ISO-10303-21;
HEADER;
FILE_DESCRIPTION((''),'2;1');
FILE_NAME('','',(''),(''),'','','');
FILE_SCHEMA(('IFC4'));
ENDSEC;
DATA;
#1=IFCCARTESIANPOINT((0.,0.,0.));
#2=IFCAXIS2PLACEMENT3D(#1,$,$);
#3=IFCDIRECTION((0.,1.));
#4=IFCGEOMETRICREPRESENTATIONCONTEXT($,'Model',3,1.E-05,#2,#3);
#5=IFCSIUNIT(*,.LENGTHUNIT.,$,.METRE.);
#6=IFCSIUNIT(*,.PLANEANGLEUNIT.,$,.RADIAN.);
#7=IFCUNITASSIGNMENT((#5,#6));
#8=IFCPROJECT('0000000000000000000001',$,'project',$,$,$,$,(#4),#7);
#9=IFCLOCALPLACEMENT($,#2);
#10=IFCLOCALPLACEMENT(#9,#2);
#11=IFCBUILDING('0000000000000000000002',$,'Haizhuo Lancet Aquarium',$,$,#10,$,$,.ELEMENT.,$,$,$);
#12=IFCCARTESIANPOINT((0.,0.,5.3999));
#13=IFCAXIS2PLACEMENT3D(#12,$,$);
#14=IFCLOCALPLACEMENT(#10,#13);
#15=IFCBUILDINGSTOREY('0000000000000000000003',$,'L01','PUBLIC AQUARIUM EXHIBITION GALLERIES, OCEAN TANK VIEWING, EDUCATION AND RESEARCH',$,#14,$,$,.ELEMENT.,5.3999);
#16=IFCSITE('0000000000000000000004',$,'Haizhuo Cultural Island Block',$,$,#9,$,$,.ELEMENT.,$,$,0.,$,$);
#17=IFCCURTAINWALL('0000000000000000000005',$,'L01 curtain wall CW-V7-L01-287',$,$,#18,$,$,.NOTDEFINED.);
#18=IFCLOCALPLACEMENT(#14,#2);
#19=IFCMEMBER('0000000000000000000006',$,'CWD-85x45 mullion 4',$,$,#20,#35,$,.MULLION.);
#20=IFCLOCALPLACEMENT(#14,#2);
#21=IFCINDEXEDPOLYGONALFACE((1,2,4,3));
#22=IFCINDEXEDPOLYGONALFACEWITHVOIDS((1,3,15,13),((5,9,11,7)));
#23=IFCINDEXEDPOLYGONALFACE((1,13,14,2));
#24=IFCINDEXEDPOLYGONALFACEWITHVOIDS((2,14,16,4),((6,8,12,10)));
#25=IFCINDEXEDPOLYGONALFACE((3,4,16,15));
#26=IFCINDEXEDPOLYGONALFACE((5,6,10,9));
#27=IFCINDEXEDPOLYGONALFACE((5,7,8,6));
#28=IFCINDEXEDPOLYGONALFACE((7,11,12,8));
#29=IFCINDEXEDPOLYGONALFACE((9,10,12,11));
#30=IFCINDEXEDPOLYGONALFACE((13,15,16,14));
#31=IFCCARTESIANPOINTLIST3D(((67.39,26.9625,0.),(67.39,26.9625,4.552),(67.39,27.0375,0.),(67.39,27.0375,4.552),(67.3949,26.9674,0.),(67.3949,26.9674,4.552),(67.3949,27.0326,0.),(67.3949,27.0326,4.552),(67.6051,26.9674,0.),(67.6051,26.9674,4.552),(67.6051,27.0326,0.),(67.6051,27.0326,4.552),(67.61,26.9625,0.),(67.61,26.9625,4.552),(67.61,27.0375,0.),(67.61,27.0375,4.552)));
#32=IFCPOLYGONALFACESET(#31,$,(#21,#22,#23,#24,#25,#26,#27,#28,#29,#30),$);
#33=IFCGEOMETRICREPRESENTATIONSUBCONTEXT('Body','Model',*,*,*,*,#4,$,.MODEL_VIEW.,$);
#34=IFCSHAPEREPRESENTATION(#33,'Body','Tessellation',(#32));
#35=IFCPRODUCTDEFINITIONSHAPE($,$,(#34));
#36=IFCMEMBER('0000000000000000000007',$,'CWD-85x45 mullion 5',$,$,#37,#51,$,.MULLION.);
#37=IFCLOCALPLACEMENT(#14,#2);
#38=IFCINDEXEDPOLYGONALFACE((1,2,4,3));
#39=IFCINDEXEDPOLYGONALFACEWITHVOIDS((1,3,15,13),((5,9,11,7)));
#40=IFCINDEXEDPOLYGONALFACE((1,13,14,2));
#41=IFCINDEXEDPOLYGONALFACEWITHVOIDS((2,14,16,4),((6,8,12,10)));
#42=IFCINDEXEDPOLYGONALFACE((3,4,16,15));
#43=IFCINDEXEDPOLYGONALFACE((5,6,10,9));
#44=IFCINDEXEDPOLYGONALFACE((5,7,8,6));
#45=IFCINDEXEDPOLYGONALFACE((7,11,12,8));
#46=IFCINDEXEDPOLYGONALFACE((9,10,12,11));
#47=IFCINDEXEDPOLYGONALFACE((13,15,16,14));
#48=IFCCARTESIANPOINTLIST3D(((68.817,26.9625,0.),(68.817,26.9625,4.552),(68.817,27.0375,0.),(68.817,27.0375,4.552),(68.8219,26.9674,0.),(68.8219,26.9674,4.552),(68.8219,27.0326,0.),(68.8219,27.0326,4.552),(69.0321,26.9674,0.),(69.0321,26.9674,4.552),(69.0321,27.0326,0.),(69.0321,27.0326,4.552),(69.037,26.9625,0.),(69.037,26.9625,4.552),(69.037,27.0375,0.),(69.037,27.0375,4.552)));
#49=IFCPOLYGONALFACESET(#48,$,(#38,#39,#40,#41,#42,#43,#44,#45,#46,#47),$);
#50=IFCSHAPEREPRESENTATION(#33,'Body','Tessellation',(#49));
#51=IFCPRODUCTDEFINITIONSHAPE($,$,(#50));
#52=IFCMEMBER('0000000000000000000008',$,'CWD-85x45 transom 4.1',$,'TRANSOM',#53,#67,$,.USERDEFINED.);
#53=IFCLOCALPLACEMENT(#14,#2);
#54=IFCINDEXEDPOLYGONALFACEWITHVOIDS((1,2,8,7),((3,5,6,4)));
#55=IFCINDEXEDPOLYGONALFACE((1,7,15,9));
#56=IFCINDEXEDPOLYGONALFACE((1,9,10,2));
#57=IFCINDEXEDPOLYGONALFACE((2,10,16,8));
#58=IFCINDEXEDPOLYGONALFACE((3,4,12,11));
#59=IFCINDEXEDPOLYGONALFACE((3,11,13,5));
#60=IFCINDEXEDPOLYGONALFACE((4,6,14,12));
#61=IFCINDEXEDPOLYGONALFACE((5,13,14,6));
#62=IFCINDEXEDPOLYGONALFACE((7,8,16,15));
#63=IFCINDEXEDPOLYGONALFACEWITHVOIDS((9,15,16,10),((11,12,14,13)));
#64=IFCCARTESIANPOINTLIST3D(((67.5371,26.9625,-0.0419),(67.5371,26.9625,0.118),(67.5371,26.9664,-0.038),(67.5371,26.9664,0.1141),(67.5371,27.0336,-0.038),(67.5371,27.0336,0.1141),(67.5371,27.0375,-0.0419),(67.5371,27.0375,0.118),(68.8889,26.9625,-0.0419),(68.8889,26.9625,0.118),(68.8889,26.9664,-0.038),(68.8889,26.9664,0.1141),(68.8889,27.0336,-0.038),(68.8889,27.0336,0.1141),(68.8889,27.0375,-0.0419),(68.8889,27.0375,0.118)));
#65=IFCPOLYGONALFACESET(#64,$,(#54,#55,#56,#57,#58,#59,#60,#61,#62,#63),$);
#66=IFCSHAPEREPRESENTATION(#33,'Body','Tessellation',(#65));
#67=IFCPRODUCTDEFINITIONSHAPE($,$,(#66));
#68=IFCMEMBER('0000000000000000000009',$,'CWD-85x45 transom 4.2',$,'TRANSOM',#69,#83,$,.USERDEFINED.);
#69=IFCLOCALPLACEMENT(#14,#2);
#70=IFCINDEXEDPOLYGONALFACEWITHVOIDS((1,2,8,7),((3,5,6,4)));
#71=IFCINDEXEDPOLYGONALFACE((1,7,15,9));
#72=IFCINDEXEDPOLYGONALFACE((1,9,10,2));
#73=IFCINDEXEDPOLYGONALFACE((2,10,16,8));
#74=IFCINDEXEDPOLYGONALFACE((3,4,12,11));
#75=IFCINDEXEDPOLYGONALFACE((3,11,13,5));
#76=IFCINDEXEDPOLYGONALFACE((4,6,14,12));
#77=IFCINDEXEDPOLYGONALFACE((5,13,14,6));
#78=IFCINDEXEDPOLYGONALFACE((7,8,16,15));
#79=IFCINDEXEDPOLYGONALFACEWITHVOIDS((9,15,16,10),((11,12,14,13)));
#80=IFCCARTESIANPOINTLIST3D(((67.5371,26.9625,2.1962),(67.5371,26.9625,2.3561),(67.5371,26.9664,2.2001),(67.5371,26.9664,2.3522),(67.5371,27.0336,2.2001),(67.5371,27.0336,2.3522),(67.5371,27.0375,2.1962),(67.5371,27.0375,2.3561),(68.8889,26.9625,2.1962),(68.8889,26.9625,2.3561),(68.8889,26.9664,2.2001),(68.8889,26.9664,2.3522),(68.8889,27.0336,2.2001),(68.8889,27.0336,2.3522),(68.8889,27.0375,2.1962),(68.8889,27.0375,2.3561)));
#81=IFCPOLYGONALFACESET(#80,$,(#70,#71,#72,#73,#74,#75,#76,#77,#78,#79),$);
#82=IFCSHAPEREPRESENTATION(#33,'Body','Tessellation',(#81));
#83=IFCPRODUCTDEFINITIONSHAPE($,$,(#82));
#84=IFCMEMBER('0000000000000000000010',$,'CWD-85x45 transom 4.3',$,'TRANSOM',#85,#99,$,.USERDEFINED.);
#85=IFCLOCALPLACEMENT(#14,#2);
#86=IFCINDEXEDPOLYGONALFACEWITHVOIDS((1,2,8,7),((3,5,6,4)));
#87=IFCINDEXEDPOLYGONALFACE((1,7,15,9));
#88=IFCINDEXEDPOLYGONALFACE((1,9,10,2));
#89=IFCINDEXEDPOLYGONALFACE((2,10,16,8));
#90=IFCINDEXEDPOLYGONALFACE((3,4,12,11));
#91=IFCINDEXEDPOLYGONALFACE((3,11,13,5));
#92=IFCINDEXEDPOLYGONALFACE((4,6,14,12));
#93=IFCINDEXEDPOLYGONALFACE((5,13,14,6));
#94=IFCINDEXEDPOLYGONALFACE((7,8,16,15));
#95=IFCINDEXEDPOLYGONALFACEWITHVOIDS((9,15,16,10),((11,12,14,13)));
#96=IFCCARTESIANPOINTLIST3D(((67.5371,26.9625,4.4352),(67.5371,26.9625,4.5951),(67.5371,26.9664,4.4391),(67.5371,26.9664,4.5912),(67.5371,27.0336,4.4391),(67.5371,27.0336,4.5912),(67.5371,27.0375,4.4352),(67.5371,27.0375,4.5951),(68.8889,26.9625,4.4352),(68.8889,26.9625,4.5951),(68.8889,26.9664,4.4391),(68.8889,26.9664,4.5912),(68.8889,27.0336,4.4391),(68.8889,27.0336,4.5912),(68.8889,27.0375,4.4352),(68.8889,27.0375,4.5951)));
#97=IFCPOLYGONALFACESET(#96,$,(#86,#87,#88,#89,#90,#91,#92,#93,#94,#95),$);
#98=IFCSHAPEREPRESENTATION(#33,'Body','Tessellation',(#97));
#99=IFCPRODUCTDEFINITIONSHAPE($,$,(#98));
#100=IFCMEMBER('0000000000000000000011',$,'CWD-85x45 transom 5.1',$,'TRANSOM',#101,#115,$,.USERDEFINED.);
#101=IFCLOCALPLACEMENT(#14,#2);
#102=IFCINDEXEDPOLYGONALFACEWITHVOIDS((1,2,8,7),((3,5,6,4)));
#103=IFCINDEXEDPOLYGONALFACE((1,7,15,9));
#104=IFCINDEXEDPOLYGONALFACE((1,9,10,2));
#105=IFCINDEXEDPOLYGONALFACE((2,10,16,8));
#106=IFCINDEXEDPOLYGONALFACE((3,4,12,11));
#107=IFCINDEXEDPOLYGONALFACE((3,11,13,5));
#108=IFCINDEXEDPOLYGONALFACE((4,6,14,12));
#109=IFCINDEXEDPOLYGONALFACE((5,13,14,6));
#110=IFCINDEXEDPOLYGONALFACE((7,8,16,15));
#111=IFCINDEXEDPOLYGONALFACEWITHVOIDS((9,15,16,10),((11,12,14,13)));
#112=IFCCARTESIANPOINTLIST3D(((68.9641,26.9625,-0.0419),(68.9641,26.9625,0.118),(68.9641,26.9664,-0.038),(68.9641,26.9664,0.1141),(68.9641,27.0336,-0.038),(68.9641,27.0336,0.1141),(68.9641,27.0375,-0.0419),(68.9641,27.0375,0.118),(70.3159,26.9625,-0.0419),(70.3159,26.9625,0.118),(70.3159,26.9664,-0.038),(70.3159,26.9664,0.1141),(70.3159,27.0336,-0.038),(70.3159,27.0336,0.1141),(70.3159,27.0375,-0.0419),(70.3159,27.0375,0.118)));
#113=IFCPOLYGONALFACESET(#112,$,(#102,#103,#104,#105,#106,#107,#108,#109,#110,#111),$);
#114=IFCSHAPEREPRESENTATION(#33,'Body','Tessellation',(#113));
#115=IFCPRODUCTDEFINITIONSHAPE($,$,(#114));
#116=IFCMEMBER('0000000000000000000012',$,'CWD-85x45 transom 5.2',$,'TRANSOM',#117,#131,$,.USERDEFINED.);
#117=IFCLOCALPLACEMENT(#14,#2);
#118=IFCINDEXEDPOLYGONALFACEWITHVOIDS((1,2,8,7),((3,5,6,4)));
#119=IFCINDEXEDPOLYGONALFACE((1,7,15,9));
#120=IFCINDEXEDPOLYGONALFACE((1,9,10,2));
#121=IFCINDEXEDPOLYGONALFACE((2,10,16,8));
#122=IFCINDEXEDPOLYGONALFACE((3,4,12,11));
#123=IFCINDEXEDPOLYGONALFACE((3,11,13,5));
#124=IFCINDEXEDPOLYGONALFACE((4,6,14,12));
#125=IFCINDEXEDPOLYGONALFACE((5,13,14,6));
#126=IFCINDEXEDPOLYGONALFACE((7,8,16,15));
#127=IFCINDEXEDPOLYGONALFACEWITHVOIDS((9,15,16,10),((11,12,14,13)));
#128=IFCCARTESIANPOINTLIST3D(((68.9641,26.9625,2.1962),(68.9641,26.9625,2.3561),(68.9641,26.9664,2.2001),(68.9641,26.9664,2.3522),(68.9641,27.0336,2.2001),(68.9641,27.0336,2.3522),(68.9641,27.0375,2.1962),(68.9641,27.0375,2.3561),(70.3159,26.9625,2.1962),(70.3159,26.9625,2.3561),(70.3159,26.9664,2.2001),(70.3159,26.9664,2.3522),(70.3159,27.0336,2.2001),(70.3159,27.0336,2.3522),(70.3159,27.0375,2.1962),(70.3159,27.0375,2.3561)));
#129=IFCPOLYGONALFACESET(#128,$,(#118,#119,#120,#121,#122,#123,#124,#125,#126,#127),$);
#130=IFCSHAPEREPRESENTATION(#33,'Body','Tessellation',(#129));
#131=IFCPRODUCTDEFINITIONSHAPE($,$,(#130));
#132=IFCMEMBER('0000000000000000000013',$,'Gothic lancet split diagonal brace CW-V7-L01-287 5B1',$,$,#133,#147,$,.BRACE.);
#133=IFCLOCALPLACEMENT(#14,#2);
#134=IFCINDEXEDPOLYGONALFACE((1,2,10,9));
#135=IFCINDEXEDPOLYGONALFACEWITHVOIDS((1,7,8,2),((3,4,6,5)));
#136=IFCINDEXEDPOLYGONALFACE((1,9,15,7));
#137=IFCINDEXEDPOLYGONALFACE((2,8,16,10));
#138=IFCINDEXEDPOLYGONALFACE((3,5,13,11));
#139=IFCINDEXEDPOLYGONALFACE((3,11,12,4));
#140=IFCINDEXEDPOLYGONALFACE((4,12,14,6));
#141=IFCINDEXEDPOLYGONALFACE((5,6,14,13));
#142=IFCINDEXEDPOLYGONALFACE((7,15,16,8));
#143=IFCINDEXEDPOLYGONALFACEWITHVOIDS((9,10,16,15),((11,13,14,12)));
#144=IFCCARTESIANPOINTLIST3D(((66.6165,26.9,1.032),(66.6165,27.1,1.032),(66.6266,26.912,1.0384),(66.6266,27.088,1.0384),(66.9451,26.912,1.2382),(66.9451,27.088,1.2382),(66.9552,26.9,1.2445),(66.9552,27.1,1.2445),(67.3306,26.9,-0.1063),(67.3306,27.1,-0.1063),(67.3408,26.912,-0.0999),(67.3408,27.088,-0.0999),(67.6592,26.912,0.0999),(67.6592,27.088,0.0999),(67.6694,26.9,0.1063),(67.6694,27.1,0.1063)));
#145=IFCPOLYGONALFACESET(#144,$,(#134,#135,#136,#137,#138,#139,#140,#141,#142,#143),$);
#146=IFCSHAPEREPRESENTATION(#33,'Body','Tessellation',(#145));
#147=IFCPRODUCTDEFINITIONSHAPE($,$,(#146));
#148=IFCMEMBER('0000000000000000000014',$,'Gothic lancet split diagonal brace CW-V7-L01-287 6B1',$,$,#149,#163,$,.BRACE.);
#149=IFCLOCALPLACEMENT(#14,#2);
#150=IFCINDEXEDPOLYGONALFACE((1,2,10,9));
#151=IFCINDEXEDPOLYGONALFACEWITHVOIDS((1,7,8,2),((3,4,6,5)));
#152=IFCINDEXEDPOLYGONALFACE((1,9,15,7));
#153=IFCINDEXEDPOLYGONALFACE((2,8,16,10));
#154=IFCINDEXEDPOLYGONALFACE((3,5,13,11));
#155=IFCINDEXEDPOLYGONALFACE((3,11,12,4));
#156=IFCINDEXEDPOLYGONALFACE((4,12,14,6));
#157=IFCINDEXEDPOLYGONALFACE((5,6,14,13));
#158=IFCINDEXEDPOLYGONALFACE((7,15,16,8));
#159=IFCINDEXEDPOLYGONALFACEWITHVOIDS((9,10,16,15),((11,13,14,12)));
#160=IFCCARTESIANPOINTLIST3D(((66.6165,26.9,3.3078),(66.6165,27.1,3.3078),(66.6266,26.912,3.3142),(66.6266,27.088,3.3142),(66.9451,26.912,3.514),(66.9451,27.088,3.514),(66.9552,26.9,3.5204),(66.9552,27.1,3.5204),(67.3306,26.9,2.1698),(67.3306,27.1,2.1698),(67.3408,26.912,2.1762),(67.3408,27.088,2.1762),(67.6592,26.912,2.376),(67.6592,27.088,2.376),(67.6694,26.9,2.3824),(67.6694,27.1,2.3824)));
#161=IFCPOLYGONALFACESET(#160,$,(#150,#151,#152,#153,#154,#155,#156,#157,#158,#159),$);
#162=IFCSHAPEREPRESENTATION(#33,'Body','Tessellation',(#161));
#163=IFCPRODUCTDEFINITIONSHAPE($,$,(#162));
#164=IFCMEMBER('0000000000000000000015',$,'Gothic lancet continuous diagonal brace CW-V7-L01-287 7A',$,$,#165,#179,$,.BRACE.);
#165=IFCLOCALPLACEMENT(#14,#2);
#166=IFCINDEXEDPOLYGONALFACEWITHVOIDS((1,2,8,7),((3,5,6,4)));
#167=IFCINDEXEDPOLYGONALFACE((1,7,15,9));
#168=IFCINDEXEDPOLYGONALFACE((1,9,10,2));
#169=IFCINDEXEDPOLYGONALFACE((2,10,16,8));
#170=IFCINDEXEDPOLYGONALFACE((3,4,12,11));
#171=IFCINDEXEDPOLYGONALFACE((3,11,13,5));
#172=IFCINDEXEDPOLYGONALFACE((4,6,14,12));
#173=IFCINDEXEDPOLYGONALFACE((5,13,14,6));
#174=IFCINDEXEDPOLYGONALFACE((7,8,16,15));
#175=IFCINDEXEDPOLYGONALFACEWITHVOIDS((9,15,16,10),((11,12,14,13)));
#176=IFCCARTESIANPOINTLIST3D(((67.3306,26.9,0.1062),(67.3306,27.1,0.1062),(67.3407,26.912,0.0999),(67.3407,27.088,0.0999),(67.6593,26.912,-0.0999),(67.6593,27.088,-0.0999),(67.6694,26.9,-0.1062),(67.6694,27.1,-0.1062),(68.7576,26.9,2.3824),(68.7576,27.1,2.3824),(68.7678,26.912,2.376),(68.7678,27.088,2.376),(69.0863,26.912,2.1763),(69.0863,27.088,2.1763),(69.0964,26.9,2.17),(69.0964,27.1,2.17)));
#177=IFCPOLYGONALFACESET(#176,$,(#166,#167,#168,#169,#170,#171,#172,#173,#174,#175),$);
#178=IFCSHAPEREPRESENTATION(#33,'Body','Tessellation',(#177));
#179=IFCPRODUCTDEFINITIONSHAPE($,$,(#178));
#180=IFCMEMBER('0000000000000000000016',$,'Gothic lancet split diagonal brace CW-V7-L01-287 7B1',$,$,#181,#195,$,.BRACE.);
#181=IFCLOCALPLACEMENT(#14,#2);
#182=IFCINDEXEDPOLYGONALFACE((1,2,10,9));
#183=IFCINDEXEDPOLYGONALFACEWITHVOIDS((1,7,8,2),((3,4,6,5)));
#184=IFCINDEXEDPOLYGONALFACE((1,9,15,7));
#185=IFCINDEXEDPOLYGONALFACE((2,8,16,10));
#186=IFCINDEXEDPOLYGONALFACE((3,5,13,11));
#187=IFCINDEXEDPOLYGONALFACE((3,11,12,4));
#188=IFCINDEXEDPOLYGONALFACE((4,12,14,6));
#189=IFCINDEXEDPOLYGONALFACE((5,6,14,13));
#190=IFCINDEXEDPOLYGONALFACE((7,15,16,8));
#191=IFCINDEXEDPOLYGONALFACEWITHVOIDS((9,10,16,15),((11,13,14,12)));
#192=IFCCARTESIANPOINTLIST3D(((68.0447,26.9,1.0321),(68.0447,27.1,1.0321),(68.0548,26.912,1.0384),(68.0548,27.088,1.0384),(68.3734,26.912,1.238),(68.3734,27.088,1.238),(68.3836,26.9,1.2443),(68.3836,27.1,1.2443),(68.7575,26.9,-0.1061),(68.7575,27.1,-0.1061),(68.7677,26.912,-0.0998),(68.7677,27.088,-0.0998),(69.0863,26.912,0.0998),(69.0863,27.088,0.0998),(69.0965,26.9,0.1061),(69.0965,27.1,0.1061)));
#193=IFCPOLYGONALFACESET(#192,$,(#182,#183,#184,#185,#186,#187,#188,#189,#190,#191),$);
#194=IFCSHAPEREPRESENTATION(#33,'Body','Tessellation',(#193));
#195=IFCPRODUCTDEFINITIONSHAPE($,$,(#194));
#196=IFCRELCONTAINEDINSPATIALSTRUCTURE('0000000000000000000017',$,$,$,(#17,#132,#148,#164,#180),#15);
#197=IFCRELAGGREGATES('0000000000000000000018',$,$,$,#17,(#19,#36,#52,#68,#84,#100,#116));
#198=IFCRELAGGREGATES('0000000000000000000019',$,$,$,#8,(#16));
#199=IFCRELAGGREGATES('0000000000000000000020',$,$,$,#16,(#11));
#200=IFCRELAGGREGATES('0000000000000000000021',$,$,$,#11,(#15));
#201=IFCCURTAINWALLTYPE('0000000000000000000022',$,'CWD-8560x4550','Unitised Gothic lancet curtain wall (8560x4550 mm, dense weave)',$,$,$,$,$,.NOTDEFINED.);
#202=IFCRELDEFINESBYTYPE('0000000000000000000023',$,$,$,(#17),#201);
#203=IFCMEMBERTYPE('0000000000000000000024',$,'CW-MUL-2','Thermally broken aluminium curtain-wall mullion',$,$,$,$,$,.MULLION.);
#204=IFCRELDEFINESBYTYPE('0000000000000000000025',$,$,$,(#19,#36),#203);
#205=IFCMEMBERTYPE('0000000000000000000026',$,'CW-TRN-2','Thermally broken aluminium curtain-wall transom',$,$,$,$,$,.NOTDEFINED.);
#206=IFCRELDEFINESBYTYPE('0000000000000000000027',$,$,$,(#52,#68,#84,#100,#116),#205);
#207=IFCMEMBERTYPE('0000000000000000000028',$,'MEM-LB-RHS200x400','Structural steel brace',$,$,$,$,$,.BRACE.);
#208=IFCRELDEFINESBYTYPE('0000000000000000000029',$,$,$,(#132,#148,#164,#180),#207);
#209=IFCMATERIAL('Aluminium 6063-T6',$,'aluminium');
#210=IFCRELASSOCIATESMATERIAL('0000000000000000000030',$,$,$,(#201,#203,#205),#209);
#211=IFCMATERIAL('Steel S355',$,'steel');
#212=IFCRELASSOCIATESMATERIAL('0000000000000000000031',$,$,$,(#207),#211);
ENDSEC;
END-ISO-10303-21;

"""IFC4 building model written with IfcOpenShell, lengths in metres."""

from ifc_helpers import new_model, si_unit, direction, frame, origin, origin_2d, place, context, subcontext, project, spatial, hollow_rectangle, extrude, material, material_profile, profile_set, type_object, element, aggregate, save


model = new_model("IFC4")

# Units and contexts
model_context = context("Model", 3, precision=1e-05, world=origin(), true_north=direction((0.0, 1.0)))
body_context = subcontext(model_context, "Body", "Model", "MODEL_VIEW")
ifc_project = project(units=[si_unit("LENGTHUNIT", "METRE"), si_unit("PLANEANGLEUNIT", "RADIAN")], contexts=[model_context])

# Site, building, storey
site_placement = place(None, origin())
site = spatial("IfcSite", under=ifc_project, at=site_placement, Name="Haizhuo Cultural Island Block", CompositionType="ELEMENT", RefElevation=0.0)
building_placement = place(site_placement, origin())
building = spatial("IfcBuilding", under=site, at=building_placement, Name="Haizhuo Lancet Aquarium", CompositionType="ELEMENT")
storey_placement = place(building_placement, frame((0.0, 0.0, 5.3999)))
storey = spatial("IfcBuildingStorey", under=building, at=storey_placement, Name="L01", Description="PUBLIC AQUARIUM EXHIBITION GALLERIES, OCEAN TANK VIEWING, EDUCATION AND RESEARCH", CompositionType="ELEMENT", Elevation=5.3999)

# Curtain wall, members
ifc_material_1 = material(Name="Aluminium 6063-T6", Category="aluminium")
curtain_wall_type = type_object("IfcCurtainWallType", Name="CWD-8560x4550", Description="Unitised Gothic lancet curtain wall (8560x4550 mm, dense weave)", PredefinedType="NOTDEFINED", material=ifc_material_1)
curtain_wall_placement = place(storey_placement, origin())
curtain_wall = element("IfcCurtainWall", 1, at=curtain_wall_placement, inside=storey, type_object=curtain_wall_type, Name="L01 curtain wall CW-V7-L01-287", PredefinedType="NOTDEFINED")
ifc_material_profile_1 = material_profile(ifc_material_1, hollow_rectangle(XDim=0.075, YDim=0.22, WallThickness=0.0049, at=origin_2d()), Name="ALU-M 75x220x5")
ifc_profile_set_1 = profile_set([ifc_material_profile_1], Name="Aluminium 6063-T6")
member_type_1 = type_object("IfcMemberType", Name="CW-MUL-2", Description="Thermally broken aluminium curtain-wall mullion", PredefinedType="MULLION", material=ifc_profile_set_1)
member_1_placement = place(storey_placement, frame((67.5, 27.0, 0.0), z_axis=(0.0, 0.0, 1.0), x_axis=(0.0, 1.0, 0.0)))
member_1 = element("IfcMember", 2, at=member_1_placement, type_object=member_type_1, Name="CWD-85x45 mullion 4", PredefinedType="MULLION", context=body_context, shape_type="SweptSolid", body=[
    extrude(hollow_rectangle(XDim=0.075, YDim=0.22, WallThickness=0.0049, at=origin_2d()), origin(), (0.0, 0.0, 1.0), 4.552),
])
member_2_placement = place(storey_placement, frame((68.927, 27.0, 0.0), z_axis=(0.0, 0.0, 1.0), x_axis=(0.0, 1.0, 0.0)))
member_2 = element("IfcMember", 3, at=member_2_placement, type_object=member_type_1, Name="CWD-85x45 mullion 5", PredefinedType="MULLION", context=body_context, shape_type="SweptSolid", body=[
    extrude(hollow_rectangle(XDim=0.075, YDim=0.22, WallThickness=0.0049, at=origin_2d()), origin(), (0.0, 0.0, 1.0), 4.552),
])
ifc_material_profile_2 = material_profile(ifc_material_1, hollow_rectangle(XDim=0.075, YDim=0.1599, WallThickness=0.0039, at=origin_2d()), Name="ALU-T 75x160x4")
ifc_profile_set_2 = profile_set([ifc_material_profile_2], Name="Aluminium 6063-T6")
member_type_2 = type_object("IfcMemberType", Name="CW-TRN-2", Description="Thermally broken aluminium curtain-wall transom", PredefinedType="NOTDEFINED", material=ifc_profile_set_2)
member_3_placement = place(storey_placement, frame((67.5371, 27.0, 0.0381), z_axis=(1.0, 0.0, 0.0), x_axis=(0.0, 1.0, 0.0)))
member_3 = element("IfcMember", 4, at=member_3_placement, type_object=member_type_2, Name="CWD-85x45 transom 4.1", ObjectType="TRANSOM", PredefinedType="USERDEFINED", context=body_context, shape_type="SweptSolid", body=[
    extrude(hollow_rectangle(XDim=0.075, YDim=0.1599, WallThickness=0.0039, at=origin_2d()), origin(), (0.0, 0.0, 1.0), 1.3518),
])
member_4_placement = place(storey_placement, frame((67.5371, 27.0, 2.2761), z_axis=(1.0, 0.0, 0.0), x_axis=(0.0, 1.0, 0.0)))
member_4 = element("IfcMember", 5, at=member_4_placement, type_object=member_type_2, Name="CWD-85x45 transom 4.2", ObjectType="TRANSOM", PredefinedType="USERDEFINED", context=body_context, shape_type="SweptSolid", body=[
    extrude(hollow_rectangle(XDim=0.075, YDim=0.1599, WallThickness=0.0039, at=origin_2d()), origin(), (0.0, 0.0, 1.0), 1.3518),
])
member_5_placement = place(storey_placement, frame((67.5371, 27.0, 4.5151), z_axis=(1.0, 0.0, 0.0), x_axis=(0.0, 1.0, 0.0)))
member_5 = element("IfcMember", 6, at=member_5_placement, type_object=member_type_2, Name="CWD-85x45 transom 4.3", ObjectType="TRANSOM", PredefinedType="USERDEFINED", context=body_context, shape_type="SweptSolid", body=[
    extrude(hollow_rectangle(XDim=0.075, YDim=0.1599, WallThickness=0.0039, at=origin_2d()), origin(), (0.0, 0.0, 1.0), 1.3518),
])
member_6_placement = place(storey_placement, frame((68.9641, 27.0, 0.0381), z_axis=(1.0, 0.0, 0.0), x_axis=(0.0, 1.0, 0.0)))
member_6 = element("IfcMember", 7, at=member_6_placement, type_object=member_type_2, Name="CWD-85x45 transom 5.1", ObjectType="TRANSOM", PredefinedType="USERDEFINED", context=body_context, shape_type="SweptSolid", body=[
    extrude(hollow_rectangle(XDim=0.075, YDim=0.1599, WallThickness=0.0039, at=origin_2d()), origin(), (0.0, 0.0, 1.0), 1.3518),
])
member_7_placement = place(storey_placement, frame((68.9641, 27.0, 2.2761), z_axis=(1.0, 0.0, 0.0), x_axis=(0.0, 1.0, 0.0)))
member_7 = element("IfcMember", 8, at=member_7_placement, type_object=member_type_2, Name="CWD-85x45 transom 5.2", ObjectType="TRANSOM", PredefinedType="USERDEFINED", context=body_context, shape_type="SweptSolid", body=[
    extrude(hollow_rectangle(XDim=0.075, YDim=0.1599, WallThickness=0.0039, at=origin_2d()), origin(), (0.0, 0.0, 1.0), 1.3518),
])

# Members
ifc_material_2 = material(Name="Steel S355", Category="steel")
ifc_material_profile_3 = material_profile(ifc_material_2, hollow_rectangle(XDim=0.2, YDim=0.3999, WallThickness=0.012, at=origin_2d()), Name="RHS 200x400x12")
ifc_profile_set_3 = profile_set([ifc_material_profile_3], Name="Steel S355")
member_type_3 = type_object("IfcMemberType", Name="MEM-LB-RHS200x400", Description="Structural steel brace", PredefinedType="BRACE", material=ifc_profile_set_3)
member_8_placement = place(storey_placement, frame((67.5, 27.0, 0.0), z_axis=(-0.531468, 0.0, 0.847078), x_axis=(0.0, -1.0, 0.0)))
element("IfcMember", 9, at=member_8_placement, inside=storey, type_object=member_type_3, Name="Gothic lancet split diagonal brace CW-V7-L01-287 5B1", PredefinedType="BRACE", context=body_context, shape_type="SweptSolid", body=[
    extrude(hollow_rectangle(XDim=0.2, YDim=0.3999, WallThickness=0.012, at=origin_2d()), origin(), (0.0, 0.0, 1.0), 1.3438),
])
member_9_placement = place(storey_placement, frame((67.5, 27.0, 2.2761), z_axis=(-0.53155, 0.0, 0.847027), x_axis=(0.0, -1.0, 0.0)))
element("IfcMember", 10, at=member_9_placement, inside=storey, type_object=member_type_3, Name="Gothic lancet split diagonal brace CW-V7-L01-287 6B1", PredefinedType="BRACE", context=body_context, shape_type="SweptSolid", body=[
    extrude(hollow_rectangle(XDim=0.2, YDim=0.3999, WallThickness=0.012, at=origin_2d()), origin(), (0.0, 0.0, 1.0), 1.3435),
])
member_10_placement = place(storey_placement, frame((67.5, 27.0, 0.0), z_axis=(0.531183, 0.0, 0.847257), x_axis=(0.0, 1.0, 0.0)))
element("IfcMember", 11, at=member_10_placement, inside=storey, type_object=member_type_3, Name="Gothic lancet continuous diagonal brace CW-V7-L01-287 7A", PredefinedType="BRACE", context=body_context, shape_type="SweptSolid", body=[
    extrude(hollow_rectangle(XDim=0.2, YDim=0.3999, WallThickness=0.012, at=origin_2d()), origin(), (0.0, 0.0, 1.0), 2.6865),
])
member_11_placement = place(storey_placement, frame((68.927, 27.0, 0.0), z_axis=(-0.530816, 0.0, 0.847487), x_axis=(0.0, -1.0, 0.0)))
element("IfcMember", 12, at=member_11_placement, inside=storey, type_object=member_type_3, Name="Gothic lancet split diagonal brace CW-V7-L01-287 7B1", PredefinedType="BRACE", context=body_context, shape_type="SweptSolid", body=[
    extrude(hollow_rectangle(XDim=0.2, YDim=0.3999, WallThickness=0.012, at=origin_2d()), origin(), (0.0, 0.0, 1.0), 1.343),
])

aggregate(curtain_wall, [member_1, member_2, member_3, member_4, member_5, member_6, member_7])

save(model, "model.ifc")
